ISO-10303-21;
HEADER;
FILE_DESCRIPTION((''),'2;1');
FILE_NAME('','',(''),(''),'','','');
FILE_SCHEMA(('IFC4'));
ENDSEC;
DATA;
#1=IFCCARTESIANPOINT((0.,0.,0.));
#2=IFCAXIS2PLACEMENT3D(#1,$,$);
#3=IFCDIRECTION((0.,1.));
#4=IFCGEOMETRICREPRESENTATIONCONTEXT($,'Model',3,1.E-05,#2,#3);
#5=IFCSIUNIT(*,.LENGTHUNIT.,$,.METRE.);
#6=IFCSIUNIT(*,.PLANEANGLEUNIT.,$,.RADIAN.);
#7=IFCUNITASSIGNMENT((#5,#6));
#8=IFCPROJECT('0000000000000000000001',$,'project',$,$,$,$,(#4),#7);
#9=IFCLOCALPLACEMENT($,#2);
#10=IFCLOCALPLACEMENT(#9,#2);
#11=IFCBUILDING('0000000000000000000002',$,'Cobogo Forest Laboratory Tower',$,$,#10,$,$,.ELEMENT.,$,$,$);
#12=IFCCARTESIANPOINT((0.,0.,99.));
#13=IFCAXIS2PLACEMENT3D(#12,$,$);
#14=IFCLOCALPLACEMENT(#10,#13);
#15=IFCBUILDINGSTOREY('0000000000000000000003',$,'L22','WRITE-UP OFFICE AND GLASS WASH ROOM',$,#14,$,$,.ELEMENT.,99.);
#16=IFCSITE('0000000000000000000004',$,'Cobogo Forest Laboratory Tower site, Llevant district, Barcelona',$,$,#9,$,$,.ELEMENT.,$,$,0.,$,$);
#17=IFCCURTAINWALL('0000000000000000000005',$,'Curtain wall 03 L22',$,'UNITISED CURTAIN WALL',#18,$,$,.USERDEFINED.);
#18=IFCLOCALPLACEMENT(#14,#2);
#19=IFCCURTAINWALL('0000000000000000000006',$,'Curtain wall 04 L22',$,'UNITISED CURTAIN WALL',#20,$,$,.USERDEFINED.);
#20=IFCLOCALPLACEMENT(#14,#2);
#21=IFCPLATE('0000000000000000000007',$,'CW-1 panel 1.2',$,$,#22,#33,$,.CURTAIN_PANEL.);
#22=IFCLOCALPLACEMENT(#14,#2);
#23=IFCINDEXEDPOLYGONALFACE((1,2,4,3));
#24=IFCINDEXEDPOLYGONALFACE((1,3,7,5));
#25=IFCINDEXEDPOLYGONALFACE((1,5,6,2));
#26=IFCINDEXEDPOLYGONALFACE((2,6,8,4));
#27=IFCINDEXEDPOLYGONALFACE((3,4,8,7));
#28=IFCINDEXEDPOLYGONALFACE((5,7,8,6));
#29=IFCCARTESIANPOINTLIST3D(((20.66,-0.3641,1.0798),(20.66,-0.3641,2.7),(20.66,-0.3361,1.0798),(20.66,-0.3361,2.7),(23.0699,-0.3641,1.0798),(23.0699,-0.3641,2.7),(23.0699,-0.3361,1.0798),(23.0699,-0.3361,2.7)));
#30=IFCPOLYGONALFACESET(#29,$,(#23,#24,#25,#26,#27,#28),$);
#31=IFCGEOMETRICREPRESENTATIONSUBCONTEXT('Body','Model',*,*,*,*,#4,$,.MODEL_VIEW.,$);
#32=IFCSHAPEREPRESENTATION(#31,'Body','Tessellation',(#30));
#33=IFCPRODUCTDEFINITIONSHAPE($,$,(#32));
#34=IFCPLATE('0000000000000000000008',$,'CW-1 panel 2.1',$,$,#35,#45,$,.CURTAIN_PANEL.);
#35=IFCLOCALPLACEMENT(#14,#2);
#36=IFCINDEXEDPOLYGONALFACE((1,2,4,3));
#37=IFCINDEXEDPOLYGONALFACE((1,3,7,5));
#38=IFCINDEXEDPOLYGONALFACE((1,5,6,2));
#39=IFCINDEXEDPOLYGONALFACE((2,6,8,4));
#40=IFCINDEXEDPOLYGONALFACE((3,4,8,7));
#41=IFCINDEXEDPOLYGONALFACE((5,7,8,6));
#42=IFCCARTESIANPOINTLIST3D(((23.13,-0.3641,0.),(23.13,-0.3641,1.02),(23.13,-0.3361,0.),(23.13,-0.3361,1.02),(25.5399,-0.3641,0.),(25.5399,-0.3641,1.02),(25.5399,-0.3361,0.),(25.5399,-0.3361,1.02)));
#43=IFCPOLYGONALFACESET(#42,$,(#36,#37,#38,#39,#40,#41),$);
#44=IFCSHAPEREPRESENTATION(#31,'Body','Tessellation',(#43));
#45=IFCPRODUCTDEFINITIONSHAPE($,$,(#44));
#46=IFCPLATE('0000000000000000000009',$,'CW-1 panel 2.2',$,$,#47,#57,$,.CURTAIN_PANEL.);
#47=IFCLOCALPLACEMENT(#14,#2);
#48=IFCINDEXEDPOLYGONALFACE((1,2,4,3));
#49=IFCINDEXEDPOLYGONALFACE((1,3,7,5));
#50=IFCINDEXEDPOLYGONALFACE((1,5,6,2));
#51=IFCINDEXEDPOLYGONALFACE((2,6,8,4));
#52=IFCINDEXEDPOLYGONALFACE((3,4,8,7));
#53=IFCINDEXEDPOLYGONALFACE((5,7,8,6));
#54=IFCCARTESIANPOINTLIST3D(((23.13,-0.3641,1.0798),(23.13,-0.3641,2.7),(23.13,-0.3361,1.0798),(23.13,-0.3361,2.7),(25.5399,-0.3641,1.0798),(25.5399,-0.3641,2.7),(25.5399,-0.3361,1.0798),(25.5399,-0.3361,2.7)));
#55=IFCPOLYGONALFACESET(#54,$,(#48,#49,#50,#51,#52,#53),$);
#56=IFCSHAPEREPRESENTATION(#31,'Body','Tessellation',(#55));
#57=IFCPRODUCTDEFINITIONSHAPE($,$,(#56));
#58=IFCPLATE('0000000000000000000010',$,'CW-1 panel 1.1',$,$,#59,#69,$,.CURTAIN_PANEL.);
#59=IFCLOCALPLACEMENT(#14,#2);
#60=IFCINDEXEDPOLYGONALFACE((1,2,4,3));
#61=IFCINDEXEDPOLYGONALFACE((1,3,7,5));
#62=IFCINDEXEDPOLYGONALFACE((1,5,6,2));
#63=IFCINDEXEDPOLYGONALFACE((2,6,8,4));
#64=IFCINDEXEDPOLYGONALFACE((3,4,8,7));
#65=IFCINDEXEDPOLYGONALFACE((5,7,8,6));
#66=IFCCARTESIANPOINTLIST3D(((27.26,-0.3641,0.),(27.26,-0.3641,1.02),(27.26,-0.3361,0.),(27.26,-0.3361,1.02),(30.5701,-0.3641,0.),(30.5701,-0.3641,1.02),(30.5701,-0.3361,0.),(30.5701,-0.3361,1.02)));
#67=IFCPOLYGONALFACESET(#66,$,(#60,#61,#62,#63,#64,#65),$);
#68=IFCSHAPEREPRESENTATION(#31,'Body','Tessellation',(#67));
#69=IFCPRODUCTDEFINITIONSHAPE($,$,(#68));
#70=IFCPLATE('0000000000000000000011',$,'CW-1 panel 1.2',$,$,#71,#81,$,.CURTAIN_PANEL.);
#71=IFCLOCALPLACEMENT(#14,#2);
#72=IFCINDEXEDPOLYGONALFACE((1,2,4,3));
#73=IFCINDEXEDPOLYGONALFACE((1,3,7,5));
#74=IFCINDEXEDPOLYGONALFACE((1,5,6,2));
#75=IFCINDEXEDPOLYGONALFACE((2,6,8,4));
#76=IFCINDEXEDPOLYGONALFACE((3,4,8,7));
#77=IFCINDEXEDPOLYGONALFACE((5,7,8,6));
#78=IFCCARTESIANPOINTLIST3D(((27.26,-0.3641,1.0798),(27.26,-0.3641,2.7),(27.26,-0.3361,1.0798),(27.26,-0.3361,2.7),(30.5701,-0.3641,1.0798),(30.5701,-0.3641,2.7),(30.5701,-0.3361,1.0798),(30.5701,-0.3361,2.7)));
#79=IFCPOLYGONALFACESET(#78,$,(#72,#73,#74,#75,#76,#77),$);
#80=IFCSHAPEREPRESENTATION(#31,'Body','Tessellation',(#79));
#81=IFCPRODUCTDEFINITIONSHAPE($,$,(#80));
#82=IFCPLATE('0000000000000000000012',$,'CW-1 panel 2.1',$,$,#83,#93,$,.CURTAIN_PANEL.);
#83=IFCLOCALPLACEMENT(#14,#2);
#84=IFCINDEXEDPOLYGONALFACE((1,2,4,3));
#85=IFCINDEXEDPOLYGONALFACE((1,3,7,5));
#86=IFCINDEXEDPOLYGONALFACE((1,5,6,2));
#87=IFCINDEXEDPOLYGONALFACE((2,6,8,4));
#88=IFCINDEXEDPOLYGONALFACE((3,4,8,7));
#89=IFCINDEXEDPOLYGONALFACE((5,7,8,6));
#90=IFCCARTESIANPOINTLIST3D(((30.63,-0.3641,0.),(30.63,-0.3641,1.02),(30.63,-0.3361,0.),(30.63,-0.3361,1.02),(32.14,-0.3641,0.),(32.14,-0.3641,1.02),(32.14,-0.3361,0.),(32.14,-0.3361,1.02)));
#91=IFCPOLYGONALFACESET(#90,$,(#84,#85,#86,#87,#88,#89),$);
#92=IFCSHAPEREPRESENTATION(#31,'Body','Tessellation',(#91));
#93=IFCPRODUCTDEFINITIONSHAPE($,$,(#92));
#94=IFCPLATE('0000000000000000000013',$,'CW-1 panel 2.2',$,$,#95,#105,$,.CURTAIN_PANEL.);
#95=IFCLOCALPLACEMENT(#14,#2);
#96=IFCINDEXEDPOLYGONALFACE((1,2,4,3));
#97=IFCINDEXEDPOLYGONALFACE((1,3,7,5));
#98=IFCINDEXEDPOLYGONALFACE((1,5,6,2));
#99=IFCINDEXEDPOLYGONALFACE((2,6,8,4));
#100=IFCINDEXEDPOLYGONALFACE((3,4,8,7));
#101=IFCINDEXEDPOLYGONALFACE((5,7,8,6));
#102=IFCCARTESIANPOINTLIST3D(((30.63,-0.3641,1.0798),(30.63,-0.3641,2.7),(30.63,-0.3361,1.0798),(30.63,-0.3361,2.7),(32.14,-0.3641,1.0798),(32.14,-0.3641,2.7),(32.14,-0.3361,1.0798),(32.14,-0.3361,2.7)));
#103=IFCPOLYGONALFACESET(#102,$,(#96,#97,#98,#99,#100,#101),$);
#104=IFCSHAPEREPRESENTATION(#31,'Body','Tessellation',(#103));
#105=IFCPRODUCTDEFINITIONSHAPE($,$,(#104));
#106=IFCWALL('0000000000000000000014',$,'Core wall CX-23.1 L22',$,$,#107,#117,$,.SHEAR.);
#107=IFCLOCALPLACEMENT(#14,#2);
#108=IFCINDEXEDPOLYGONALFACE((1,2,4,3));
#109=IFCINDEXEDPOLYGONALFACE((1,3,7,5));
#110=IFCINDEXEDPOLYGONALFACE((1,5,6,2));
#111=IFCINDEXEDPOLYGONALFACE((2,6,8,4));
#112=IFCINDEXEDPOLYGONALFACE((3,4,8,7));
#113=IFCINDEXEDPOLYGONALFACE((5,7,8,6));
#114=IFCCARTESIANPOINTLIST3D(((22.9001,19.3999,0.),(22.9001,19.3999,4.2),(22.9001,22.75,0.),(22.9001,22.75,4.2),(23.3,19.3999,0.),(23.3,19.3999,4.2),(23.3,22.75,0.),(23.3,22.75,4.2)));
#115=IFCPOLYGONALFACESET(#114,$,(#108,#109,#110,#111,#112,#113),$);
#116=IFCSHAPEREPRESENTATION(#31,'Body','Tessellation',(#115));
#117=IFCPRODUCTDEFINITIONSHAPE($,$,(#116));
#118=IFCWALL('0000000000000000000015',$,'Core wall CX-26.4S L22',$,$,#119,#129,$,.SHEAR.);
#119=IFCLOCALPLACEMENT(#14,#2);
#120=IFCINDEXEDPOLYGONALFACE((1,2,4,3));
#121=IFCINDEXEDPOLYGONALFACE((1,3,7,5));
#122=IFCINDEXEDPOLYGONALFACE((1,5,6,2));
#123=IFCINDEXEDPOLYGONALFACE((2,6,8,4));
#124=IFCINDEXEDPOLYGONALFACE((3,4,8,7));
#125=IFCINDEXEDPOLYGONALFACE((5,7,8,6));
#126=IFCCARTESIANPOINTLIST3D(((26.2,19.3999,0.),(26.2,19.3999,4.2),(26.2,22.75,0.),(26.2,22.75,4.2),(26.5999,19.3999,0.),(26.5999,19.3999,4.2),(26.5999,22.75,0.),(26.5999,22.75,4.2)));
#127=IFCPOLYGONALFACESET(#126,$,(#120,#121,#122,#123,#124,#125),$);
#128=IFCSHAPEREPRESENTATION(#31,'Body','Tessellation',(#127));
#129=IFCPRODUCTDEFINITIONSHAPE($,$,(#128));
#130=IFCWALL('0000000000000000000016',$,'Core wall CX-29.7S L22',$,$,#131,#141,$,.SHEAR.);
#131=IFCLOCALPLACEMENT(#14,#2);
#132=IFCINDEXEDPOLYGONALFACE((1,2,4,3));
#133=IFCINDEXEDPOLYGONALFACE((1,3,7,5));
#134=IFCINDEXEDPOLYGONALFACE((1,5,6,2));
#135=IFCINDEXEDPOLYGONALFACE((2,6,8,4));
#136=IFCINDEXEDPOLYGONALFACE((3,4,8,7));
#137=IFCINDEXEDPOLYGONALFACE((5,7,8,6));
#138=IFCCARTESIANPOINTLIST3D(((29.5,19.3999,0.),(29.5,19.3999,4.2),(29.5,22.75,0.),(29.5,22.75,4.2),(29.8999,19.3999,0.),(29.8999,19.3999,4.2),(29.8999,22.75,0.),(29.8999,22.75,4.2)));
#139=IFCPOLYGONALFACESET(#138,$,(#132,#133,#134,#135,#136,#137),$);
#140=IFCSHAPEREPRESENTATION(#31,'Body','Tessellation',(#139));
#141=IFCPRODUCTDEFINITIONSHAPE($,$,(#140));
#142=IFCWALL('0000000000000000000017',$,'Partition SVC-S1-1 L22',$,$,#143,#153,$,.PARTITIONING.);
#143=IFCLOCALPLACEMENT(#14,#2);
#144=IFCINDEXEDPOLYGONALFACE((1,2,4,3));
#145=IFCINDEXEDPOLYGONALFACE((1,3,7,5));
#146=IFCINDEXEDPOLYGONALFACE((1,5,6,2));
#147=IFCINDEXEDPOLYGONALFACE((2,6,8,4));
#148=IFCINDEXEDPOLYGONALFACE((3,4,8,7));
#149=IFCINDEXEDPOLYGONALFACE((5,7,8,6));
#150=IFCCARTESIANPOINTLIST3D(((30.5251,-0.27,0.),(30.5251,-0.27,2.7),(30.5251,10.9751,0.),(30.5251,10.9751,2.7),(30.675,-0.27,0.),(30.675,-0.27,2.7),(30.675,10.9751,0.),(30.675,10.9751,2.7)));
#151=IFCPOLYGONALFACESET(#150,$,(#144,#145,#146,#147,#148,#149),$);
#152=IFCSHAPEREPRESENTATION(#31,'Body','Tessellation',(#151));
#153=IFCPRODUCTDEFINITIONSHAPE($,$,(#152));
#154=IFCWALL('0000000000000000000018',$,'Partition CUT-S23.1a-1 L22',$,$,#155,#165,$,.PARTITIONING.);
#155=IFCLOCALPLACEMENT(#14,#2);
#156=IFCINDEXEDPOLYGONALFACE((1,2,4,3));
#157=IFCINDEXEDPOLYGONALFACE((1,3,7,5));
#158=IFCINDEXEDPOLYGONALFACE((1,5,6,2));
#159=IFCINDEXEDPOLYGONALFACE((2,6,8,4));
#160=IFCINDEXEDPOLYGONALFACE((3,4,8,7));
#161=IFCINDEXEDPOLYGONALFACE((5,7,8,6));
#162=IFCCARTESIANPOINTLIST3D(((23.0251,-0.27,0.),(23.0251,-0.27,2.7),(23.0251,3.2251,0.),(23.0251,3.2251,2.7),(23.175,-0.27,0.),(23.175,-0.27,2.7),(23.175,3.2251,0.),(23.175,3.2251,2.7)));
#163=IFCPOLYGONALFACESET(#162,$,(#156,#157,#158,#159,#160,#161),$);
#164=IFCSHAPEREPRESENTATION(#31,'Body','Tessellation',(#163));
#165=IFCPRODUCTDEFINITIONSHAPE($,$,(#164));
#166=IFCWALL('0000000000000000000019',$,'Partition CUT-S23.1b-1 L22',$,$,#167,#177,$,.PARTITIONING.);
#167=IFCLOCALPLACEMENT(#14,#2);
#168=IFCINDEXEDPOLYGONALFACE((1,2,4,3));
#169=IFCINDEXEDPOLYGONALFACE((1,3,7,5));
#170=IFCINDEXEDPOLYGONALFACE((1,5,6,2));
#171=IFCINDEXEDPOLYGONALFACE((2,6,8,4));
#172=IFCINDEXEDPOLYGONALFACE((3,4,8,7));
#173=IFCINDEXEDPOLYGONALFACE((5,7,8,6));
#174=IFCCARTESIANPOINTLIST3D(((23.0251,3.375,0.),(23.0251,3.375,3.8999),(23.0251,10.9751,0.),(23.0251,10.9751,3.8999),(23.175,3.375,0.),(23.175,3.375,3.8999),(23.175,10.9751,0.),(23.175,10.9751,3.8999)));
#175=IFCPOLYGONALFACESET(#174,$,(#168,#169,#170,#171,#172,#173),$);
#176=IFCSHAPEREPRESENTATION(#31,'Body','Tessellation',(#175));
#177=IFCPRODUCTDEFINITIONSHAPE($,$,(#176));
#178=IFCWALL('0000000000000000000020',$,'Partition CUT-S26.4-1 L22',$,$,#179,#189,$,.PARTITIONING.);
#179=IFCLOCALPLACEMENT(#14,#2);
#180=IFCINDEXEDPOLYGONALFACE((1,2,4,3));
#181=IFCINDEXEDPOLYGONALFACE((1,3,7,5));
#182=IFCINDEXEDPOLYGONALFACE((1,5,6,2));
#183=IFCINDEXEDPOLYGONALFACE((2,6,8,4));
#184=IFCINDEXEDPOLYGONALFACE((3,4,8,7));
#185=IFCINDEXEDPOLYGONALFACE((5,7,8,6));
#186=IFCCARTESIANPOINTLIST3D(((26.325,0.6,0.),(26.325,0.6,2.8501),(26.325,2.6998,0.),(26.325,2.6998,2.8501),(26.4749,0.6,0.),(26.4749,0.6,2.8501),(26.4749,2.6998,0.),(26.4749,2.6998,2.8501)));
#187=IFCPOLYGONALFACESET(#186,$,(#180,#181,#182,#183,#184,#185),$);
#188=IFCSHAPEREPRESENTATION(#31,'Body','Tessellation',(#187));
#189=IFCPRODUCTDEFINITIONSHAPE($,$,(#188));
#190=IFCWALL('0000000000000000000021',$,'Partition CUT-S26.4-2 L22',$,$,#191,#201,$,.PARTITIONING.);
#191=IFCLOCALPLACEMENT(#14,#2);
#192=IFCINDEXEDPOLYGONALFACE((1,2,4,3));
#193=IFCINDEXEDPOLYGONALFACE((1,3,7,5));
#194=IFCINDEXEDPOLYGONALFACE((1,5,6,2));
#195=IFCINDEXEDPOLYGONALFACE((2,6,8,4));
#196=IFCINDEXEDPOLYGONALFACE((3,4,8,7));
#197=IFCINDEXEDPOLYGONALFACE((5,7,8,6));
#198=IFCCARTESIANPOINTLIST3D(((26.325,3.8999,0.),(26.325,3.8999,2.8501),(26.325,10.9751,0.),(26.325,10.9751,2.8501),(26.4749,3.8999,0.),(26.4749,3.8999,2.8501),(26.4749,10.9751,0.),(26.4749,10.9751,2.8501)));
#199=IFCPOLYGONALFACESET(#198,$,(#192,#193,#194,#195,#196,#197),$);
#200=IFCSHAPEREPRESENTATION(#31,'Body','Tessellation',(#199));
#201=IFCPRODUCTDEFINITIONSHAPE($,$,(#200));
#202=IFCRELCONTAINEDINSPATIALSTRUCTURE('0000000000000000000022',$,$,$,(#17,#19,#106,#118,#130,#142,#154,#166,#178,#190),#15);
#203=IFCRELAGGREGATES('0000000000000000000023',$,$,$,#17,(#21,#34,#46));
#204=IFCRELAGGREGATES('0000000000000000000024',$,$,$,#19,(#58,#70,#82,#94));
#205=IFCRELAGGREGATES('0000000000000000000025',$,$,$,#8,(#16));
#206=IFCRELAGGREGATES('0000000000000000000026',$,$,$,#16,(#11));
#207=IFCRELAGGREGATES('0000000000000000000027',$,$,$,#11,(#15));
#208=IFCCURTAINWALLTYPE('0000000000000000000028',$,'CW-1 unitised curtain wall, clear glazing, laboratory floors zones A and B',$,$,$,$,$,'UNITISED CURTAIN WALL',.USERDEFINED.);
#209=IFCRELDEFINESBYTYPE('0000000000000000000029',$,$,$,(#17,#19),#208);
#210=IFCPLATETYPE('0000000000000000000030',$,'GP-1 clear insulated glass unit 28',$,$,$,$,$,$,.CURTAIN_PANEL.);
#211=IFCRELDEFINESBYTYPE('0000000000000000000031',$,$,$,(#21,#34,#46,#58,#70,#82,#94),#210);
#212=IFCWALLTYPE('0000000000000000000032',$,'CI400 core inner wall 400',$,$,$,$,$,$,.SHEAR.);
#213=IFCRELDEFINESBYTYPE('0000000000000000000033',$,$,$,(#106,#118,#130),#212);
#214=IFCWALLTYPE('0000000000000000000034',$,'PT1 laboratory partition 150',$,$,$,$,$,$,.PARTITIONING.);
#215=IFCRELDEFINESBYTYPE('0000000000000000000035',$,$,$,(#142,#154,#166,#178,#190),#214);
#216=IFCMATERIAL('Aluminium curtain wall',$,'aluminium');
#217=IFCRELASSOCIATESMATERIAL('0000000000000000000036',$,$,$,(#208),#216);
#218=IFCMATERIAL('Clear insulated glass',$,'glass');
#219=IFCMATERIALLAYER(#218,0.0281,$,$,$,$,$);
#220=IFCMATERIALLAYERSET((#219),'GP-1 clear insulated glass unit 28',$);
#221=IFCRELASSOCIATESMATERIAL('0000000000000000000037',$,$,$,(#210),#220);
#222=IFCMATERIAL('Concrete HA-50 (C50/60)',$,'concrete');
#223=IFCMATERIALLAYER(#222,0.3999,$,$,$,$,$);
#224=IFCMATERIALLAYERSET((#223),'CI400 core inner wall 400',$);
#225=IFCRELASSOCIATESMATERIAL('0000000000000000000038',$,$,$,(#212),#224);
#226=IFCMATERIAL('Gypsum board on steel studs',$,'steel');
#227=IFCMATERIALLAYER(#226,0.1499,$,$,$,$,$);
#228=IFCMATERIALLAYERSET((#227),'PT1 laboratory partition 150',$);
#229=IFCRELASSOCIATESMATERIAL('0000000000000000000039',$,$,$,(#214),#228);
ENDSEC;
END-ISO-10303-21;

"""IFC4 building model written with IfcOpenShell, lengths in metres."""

from ifc_helpers import new_model, si_unit, direction, frame, frame_2d, origin, origin_2d, place, context, subcontext, project, spatial, rectangle, extrude, material, layer, layer_set, type_object, element, aggregate, save


model = new_model("IFC4")

# Units and contexts
model_context = context("Model", 3, precision=1e-05, world=origin(), true_north=direction((0.0, 1.0)))
body_context = subcontext(model_context, "Body", "Model", "MODEL_VIEW")
ifc_project = project(units=[si_unit("LENGTHUNIT", "METRE"), si_unit("PLANEANGLEUNIT", "RADIAN")], contexts=[model_context])

# Site, building, storey
site_placement = place(None, origin())
site = spatial("IfcSite", under=ifc_project, at=site_placement, Name="Cobogo Forest Laboratory Tower site, Llevant district, Barcelona", CompositionType="ELEMENT", RefElevation=0.0)
building_placement = place(site_placement, origin())
building = spatial("IfcBuilding", under=site, at=building_placement, Name="Cobogo Forest Laboratory Tower", CompositionType="ELEMENT")
storey_placement = place(building_placement, frame((0.0, 0.0, 99.0)))
storey = spatial("IfcBuildingStorey", under=building, at=storey_placement, Name="L22", Description="WRITE-UP OFFICE AND GLASS WASH ROOM", CompositionType="ELEMENT", Elevation=99.0)

# Shared definitions
ifc_material_1 = material(Name="Concrete HA-50 (C50/60)", Category="concrete")

# Curtain walls
ifc_material_2 = material(Name="Aluminium curtain wall", Category="aluminium")
curtain_wall_type = type_object("IfcCurtainWallType", Name="CW-1 unitised curtain wall, clear glazing, laboratory floors zones A and B", ElementType="UNITISED CURTAIN WALL", PredefinedType="USERDEFINED", material=ifc_material_2)
curtain_wall_1_placement = place(storey_placement, origin())
curtain_wall_1 = element("IfcCurtainWall", 1, at=curtain_wall_1_placement, inside=storey, type_object=curtain_wall_type, Name="Curtain wall 03 L22", ObjectType="UNITISED CURTAIN WALL", PredefinedType="USERDEFINED")
curtain_wall_2_placement = place(storey_placement, origin())
curtain_wall_2 = element("IfcCurtainWall", 2, at=curtain_wall_2_placement, inside=storey, type_object=curtain_wall_type, Name="Curtain wall 04 L22", ObjectType="UNITISED CURTAIN WALL", PredefinedType="USERDEFINED")

# Plates
ifc_material_3 = material(Name="Clear insulated glass", Category="glass")
ifc_layer_1 = layer(ifc_material_3, 0.0281)
ifc_layer_set_1 = layer_set([ifc_layer_1], Name="GP-1 clear insulated glass unit 28")
plate_type_1 = type_object("IfcPlateType", Name="GP-1 clear insulated glass unit 28", PredefinedType="CURTAIN_PANEL", material=ifc_layer_set_1)
plate_1_placement = place(storey_placement, frame((21.865, -0.3501, 1.0798), z_axis=(0.0, 0.0, 1.0), x_axis=(1.0, 0.0, 0.0)))
plate_1 = element("IfcPlate", 3, at=plate_1_placement, type_object=plate_type_1, Name="CW-1 panel 1.2", PredefinedType="CURTAIN_PANEL", context=body_context, shape_type="SweptSolid", body=[
    extrude(rectangle(XDim=2.4099, YDim=0.0281, at=origin_2d()), origin(), (0.0, 0.0, 1.0), 1.6201),
])
plate_2_placement = place(storey_placement, frame((24.335, -0.3501, 0.0), z_axis=(0.0, 0.0, 1.0), x_axis=(1.0, 0.0, 0.0)))
plate_2 = element("IfcPlate", 4, at=plate_2_placement, type_object=plate_type_1, Name="CW-1 panel 2.1", PredefinedType="CURTAIN_PANEL", context=body_context, shape_type="SweptSolid", body=[
    extrude(rectangle(XDim=2.4099, YDim=0.0281, at=origin_2d()), origin(), (0.0, 0.0, 1.0), 1.02),
])
plate_3_placement = place(storey_placement, frame((24.335, -0.3501, 1.0798), z_axis=(0.0, 0.0, 1.0), x_axis=(1.0, 0.0, 0.0)))
plate_3 = element("IfcPlate", 5, at=plate_3_placement, type_object=plate_type_1, Name="CW-1 panel 2.2", PredefinedType="CURTAIN_PANEL", context=body_context, shape_type="SweptSolid", body=[
    extrude(rectangle(XDim=2.4099, YDim=0.0281, at=origin_2d()), origin(), (0.0, 0.0, 1.0), 1.6201),
])
aggregate(curtain_wall_1, [plate_1, plate_2, plate_3])
plate_4_placement = place(storey_placement, frame((28.915, -0.3501, 0.0), z_axis=(0.0, 0.0, 1.0), x_axis=(1.0, 0.0, 0.0)))
plate_4 = element("IfcPlate", 6, at=plate_4_placement, type_object=plate_type_1, Name="CW-1 panel 1.1", PredefinedType="CURTAIN_PANEL", context=body_context, shape_type="SweptSolid", body=[
    extrude(rectangle(XDim=3.3101, YDim=0.0281, at=origin_2d()), origin(), (0.0, 0.0, 1.0), 1.02),
])
plate_5_placement = place(storey_placement, frame((28.915, -0.3501, 1.0798), z_axis=(0.0, 0.0, 1.0), x_axis=(1.0, 0.0, 0.0)))
plate_5 = element("IfcPlate", 7, at=plate_5_placement, type_object=plate_type_1, Name="CW-1 panel 1.2", PredefinedType="CURTAIN_PANEL", context=body_context, shape_type="SweptSolid", body=[
    extrude(rectangle(XDim=3.3101, YDim=0.0281, at=origin_2d()), origin(), (0.0, 0.0, 1.0), 1.6201),
])
plate_6_placement = place(storey_placement, frame((31.385, -0.3501, 0.0), z_axis=(0.0, 0.0, 1.0), x_axis=(1.0, 0.0, 0.0)))
plate_6 = element("IfcPlate", 8, at=plate_6_placement, type_object=plate_type_1, Name="CW-1 panel 2.1", PredefinedType="CURTAIN_PANEL", context=body_context, shape_type="SweptSolid", body=[
    extrude(rectangle(XDim=1.51, YDim=0.0281, at=origin_2d()), origin(), (0.0, 0.0, 1.0), 1.02),
])
plate_7_placement = place(storey_placement, frame((31.385, -0.3501, 1.0798), z_axis=(0.0, 0.0, 1.0), x_axis=(1.0, 0.0, 0.0)))
plate_7 = element("IfcPlate", 9, at=plate_7_placement, type_object=plate_type_1, Name="CW-1 panel 2.2", PredefinedType="CURTAIN_PANEL", context=body_context, shape_type="SweptSolid", body=[
    extrude(rectangle(XDim=1.51, YDim=0.0281, at=origin_2d()), origin(), (0.0, 0.0, 1.0), 1.6201),
])
aggregate(curtain_wall_2, [plate_4, plate_5, plate_6, plate_7])

# Walls
ifc_layer_2 = layer(ifc_material_1, 0.3999)
ifc_layer_set_2 = layer_set([ifc_layer_2], Name="CI400 core inner wall 400")
wall_type_1 = type_object("IfcWallType", Name="CI400 core inner wall 400", PredefinedType="SHEAR", material=ifc_layer_set_2)
for number, where, z_axis, x_axis, name in (
    (10, (23.1001, 19.3999, 0.0), (0.0, 0.0, 1.0), (0.0, 1.0, 0.0), "Core wall CX-23.1 L22"),
    (11, (26.3999, 19.3999, 0.0), (0.0, 0.0, 1.0), (0.0, 1.0, 0.0), "Core wall CX-26.4S L22"),
    (12, (29.7, 19.3999, 0.0), (0.0, 0.0, 1.0), (0.0, 1.0, 0.0), "Core wall CX-29.7S L22"),
):
    element("IfcWall", number, at=place(storey_placement, frame(where, z_axis=z_axis, x_axis=x_axis)), inside=storey, type_object=wall_type_1, Name=name, PredefinedType="SHEAR", context=body_context, shape_type="SweptSolid", body=[
        extrude(rectangle(XDim=3.3501, YDim=0.3999, at=frame_2d((1.675, 0.0))), origin(), (0.0, 0.0, 1.0), 4.2),
    ])
ifc_material_4 = material(Name="Gypsum board on steel studs", Category="steel")
ifc_layer_3 = layer(ifc_material_4, 0.1499)
ifc_layer_set_3 = layer_set([ifc_layer_3], Name="PT1 laboratory partition 150")
wall_type_2 = type_object("IfcWallType", Name="PT1 laboratory partition 150", PredefinedType="PARTITIONING", material=ifc_layer_set_3)
wall_1_placement = place(storey_placement, frame((30.6001, -0.27, 0.0), z_axis=(0.0, 0.0, 1.0), x_axis=(0.0, 1.0, 0.0)))
element("IfcWall", 13, at=wall_1_placement, inside=storey, type_object=wall_type_2, Name="Partition SVC-S1-1 L22", PredefinedType="PARTITIONING", context=body_context, shape_type="SweptSolid", body=[
    extrude(rectangle(XDim=11.2451, YDim=0.1499, at=frame_2d((5.6226, 0.0))), origin(), (0.0, 0.0, 1.0), 2.7),
])
wall_2_placement = place(storey_placement, frame((23.1001, -0.27, 0.0), z_axis=(0.0, 0.0, 1.0), x_axis=(0.0, 1.0, 0.0)))
element("IfcWall", 14, at=wall_2_placement, inside=storey, type_object=wall_type_2, Name="Partition CUT-S23.1a-1 L22", PredefinedType="PARTITIONING", context=body_context, shape_type="SweptSolid", body=[
    extrude(rectangle(XDim=3.4951, YDim=0.1499, at=frame_2d((1.7476, 0.0))), origin(), (0.0, 0.0, 1.0), 2.7),
])
wall_3_placement = place(storey_placement, frame((23.1001, 3.375, 0.0), z_axis=(0.0, 0.0, 1.0), x_axis=(0.0, 1.0, 0.0)))
element("IfcWall", 15, at=wall_3_placement, inside=storey, type_object=wall_type_2, Name="Partition CUT-S23.1b-1 L22", PredefinedType="PARTITIONING", context=body_context, shape_type="SweptSolid", body=[
    extrude(rectangle(XDim=7.6001, YDim=0.1499, at=frame_2d((3.8, 0.0))), origin(), (0.0, 0.0, 1.0), 3.8999),
])
wall_4_placement = place(storey_placement, frame((26.3999, 0.6001, 0.0), z_axis=(0.0, 0.0, 1.0), x_axis=(0.0, 1.0, 0.0)))
element("IfcWall", 16, at=wall_4_placement, inside=storey, type_object=wall_type_2, Name="Partition CUT-S26.4-1 L22", PredefinedType="PARTITIONING", context=body_context, shape_type="SweptSolid", body=[
    extrude(rectangle(XDim=2.0999, YDim=0.1499, at=frame_2d((1.0498, 0.0))), origin(), (0.0, 0.0, 1.0), 2.8501),
])
wall_5_placement = place(storey_placement, frame((26.3999, 3.8999, 0.0), z_axis=(0.0, 0.0, 1.0), x_axis=(0.0, 1.0, 0.0)))
element("IfcWall", 17, at=wall_5_placement, inside=storey, type_object=wall_type_2, Name="Partition CUT-S26.4-2 L22", PredefinedType="PARTITIONING", context=body_context, shape_type="SweptSolid", body=[
    extrude(rectangle(XDim=7.0752, YDim=0.1499, at=frame_2d((3.5376, 0.0))), origin(), (0.0, 0.0, 1.0), 2.8501),
])

save(model, "model.ifc")
